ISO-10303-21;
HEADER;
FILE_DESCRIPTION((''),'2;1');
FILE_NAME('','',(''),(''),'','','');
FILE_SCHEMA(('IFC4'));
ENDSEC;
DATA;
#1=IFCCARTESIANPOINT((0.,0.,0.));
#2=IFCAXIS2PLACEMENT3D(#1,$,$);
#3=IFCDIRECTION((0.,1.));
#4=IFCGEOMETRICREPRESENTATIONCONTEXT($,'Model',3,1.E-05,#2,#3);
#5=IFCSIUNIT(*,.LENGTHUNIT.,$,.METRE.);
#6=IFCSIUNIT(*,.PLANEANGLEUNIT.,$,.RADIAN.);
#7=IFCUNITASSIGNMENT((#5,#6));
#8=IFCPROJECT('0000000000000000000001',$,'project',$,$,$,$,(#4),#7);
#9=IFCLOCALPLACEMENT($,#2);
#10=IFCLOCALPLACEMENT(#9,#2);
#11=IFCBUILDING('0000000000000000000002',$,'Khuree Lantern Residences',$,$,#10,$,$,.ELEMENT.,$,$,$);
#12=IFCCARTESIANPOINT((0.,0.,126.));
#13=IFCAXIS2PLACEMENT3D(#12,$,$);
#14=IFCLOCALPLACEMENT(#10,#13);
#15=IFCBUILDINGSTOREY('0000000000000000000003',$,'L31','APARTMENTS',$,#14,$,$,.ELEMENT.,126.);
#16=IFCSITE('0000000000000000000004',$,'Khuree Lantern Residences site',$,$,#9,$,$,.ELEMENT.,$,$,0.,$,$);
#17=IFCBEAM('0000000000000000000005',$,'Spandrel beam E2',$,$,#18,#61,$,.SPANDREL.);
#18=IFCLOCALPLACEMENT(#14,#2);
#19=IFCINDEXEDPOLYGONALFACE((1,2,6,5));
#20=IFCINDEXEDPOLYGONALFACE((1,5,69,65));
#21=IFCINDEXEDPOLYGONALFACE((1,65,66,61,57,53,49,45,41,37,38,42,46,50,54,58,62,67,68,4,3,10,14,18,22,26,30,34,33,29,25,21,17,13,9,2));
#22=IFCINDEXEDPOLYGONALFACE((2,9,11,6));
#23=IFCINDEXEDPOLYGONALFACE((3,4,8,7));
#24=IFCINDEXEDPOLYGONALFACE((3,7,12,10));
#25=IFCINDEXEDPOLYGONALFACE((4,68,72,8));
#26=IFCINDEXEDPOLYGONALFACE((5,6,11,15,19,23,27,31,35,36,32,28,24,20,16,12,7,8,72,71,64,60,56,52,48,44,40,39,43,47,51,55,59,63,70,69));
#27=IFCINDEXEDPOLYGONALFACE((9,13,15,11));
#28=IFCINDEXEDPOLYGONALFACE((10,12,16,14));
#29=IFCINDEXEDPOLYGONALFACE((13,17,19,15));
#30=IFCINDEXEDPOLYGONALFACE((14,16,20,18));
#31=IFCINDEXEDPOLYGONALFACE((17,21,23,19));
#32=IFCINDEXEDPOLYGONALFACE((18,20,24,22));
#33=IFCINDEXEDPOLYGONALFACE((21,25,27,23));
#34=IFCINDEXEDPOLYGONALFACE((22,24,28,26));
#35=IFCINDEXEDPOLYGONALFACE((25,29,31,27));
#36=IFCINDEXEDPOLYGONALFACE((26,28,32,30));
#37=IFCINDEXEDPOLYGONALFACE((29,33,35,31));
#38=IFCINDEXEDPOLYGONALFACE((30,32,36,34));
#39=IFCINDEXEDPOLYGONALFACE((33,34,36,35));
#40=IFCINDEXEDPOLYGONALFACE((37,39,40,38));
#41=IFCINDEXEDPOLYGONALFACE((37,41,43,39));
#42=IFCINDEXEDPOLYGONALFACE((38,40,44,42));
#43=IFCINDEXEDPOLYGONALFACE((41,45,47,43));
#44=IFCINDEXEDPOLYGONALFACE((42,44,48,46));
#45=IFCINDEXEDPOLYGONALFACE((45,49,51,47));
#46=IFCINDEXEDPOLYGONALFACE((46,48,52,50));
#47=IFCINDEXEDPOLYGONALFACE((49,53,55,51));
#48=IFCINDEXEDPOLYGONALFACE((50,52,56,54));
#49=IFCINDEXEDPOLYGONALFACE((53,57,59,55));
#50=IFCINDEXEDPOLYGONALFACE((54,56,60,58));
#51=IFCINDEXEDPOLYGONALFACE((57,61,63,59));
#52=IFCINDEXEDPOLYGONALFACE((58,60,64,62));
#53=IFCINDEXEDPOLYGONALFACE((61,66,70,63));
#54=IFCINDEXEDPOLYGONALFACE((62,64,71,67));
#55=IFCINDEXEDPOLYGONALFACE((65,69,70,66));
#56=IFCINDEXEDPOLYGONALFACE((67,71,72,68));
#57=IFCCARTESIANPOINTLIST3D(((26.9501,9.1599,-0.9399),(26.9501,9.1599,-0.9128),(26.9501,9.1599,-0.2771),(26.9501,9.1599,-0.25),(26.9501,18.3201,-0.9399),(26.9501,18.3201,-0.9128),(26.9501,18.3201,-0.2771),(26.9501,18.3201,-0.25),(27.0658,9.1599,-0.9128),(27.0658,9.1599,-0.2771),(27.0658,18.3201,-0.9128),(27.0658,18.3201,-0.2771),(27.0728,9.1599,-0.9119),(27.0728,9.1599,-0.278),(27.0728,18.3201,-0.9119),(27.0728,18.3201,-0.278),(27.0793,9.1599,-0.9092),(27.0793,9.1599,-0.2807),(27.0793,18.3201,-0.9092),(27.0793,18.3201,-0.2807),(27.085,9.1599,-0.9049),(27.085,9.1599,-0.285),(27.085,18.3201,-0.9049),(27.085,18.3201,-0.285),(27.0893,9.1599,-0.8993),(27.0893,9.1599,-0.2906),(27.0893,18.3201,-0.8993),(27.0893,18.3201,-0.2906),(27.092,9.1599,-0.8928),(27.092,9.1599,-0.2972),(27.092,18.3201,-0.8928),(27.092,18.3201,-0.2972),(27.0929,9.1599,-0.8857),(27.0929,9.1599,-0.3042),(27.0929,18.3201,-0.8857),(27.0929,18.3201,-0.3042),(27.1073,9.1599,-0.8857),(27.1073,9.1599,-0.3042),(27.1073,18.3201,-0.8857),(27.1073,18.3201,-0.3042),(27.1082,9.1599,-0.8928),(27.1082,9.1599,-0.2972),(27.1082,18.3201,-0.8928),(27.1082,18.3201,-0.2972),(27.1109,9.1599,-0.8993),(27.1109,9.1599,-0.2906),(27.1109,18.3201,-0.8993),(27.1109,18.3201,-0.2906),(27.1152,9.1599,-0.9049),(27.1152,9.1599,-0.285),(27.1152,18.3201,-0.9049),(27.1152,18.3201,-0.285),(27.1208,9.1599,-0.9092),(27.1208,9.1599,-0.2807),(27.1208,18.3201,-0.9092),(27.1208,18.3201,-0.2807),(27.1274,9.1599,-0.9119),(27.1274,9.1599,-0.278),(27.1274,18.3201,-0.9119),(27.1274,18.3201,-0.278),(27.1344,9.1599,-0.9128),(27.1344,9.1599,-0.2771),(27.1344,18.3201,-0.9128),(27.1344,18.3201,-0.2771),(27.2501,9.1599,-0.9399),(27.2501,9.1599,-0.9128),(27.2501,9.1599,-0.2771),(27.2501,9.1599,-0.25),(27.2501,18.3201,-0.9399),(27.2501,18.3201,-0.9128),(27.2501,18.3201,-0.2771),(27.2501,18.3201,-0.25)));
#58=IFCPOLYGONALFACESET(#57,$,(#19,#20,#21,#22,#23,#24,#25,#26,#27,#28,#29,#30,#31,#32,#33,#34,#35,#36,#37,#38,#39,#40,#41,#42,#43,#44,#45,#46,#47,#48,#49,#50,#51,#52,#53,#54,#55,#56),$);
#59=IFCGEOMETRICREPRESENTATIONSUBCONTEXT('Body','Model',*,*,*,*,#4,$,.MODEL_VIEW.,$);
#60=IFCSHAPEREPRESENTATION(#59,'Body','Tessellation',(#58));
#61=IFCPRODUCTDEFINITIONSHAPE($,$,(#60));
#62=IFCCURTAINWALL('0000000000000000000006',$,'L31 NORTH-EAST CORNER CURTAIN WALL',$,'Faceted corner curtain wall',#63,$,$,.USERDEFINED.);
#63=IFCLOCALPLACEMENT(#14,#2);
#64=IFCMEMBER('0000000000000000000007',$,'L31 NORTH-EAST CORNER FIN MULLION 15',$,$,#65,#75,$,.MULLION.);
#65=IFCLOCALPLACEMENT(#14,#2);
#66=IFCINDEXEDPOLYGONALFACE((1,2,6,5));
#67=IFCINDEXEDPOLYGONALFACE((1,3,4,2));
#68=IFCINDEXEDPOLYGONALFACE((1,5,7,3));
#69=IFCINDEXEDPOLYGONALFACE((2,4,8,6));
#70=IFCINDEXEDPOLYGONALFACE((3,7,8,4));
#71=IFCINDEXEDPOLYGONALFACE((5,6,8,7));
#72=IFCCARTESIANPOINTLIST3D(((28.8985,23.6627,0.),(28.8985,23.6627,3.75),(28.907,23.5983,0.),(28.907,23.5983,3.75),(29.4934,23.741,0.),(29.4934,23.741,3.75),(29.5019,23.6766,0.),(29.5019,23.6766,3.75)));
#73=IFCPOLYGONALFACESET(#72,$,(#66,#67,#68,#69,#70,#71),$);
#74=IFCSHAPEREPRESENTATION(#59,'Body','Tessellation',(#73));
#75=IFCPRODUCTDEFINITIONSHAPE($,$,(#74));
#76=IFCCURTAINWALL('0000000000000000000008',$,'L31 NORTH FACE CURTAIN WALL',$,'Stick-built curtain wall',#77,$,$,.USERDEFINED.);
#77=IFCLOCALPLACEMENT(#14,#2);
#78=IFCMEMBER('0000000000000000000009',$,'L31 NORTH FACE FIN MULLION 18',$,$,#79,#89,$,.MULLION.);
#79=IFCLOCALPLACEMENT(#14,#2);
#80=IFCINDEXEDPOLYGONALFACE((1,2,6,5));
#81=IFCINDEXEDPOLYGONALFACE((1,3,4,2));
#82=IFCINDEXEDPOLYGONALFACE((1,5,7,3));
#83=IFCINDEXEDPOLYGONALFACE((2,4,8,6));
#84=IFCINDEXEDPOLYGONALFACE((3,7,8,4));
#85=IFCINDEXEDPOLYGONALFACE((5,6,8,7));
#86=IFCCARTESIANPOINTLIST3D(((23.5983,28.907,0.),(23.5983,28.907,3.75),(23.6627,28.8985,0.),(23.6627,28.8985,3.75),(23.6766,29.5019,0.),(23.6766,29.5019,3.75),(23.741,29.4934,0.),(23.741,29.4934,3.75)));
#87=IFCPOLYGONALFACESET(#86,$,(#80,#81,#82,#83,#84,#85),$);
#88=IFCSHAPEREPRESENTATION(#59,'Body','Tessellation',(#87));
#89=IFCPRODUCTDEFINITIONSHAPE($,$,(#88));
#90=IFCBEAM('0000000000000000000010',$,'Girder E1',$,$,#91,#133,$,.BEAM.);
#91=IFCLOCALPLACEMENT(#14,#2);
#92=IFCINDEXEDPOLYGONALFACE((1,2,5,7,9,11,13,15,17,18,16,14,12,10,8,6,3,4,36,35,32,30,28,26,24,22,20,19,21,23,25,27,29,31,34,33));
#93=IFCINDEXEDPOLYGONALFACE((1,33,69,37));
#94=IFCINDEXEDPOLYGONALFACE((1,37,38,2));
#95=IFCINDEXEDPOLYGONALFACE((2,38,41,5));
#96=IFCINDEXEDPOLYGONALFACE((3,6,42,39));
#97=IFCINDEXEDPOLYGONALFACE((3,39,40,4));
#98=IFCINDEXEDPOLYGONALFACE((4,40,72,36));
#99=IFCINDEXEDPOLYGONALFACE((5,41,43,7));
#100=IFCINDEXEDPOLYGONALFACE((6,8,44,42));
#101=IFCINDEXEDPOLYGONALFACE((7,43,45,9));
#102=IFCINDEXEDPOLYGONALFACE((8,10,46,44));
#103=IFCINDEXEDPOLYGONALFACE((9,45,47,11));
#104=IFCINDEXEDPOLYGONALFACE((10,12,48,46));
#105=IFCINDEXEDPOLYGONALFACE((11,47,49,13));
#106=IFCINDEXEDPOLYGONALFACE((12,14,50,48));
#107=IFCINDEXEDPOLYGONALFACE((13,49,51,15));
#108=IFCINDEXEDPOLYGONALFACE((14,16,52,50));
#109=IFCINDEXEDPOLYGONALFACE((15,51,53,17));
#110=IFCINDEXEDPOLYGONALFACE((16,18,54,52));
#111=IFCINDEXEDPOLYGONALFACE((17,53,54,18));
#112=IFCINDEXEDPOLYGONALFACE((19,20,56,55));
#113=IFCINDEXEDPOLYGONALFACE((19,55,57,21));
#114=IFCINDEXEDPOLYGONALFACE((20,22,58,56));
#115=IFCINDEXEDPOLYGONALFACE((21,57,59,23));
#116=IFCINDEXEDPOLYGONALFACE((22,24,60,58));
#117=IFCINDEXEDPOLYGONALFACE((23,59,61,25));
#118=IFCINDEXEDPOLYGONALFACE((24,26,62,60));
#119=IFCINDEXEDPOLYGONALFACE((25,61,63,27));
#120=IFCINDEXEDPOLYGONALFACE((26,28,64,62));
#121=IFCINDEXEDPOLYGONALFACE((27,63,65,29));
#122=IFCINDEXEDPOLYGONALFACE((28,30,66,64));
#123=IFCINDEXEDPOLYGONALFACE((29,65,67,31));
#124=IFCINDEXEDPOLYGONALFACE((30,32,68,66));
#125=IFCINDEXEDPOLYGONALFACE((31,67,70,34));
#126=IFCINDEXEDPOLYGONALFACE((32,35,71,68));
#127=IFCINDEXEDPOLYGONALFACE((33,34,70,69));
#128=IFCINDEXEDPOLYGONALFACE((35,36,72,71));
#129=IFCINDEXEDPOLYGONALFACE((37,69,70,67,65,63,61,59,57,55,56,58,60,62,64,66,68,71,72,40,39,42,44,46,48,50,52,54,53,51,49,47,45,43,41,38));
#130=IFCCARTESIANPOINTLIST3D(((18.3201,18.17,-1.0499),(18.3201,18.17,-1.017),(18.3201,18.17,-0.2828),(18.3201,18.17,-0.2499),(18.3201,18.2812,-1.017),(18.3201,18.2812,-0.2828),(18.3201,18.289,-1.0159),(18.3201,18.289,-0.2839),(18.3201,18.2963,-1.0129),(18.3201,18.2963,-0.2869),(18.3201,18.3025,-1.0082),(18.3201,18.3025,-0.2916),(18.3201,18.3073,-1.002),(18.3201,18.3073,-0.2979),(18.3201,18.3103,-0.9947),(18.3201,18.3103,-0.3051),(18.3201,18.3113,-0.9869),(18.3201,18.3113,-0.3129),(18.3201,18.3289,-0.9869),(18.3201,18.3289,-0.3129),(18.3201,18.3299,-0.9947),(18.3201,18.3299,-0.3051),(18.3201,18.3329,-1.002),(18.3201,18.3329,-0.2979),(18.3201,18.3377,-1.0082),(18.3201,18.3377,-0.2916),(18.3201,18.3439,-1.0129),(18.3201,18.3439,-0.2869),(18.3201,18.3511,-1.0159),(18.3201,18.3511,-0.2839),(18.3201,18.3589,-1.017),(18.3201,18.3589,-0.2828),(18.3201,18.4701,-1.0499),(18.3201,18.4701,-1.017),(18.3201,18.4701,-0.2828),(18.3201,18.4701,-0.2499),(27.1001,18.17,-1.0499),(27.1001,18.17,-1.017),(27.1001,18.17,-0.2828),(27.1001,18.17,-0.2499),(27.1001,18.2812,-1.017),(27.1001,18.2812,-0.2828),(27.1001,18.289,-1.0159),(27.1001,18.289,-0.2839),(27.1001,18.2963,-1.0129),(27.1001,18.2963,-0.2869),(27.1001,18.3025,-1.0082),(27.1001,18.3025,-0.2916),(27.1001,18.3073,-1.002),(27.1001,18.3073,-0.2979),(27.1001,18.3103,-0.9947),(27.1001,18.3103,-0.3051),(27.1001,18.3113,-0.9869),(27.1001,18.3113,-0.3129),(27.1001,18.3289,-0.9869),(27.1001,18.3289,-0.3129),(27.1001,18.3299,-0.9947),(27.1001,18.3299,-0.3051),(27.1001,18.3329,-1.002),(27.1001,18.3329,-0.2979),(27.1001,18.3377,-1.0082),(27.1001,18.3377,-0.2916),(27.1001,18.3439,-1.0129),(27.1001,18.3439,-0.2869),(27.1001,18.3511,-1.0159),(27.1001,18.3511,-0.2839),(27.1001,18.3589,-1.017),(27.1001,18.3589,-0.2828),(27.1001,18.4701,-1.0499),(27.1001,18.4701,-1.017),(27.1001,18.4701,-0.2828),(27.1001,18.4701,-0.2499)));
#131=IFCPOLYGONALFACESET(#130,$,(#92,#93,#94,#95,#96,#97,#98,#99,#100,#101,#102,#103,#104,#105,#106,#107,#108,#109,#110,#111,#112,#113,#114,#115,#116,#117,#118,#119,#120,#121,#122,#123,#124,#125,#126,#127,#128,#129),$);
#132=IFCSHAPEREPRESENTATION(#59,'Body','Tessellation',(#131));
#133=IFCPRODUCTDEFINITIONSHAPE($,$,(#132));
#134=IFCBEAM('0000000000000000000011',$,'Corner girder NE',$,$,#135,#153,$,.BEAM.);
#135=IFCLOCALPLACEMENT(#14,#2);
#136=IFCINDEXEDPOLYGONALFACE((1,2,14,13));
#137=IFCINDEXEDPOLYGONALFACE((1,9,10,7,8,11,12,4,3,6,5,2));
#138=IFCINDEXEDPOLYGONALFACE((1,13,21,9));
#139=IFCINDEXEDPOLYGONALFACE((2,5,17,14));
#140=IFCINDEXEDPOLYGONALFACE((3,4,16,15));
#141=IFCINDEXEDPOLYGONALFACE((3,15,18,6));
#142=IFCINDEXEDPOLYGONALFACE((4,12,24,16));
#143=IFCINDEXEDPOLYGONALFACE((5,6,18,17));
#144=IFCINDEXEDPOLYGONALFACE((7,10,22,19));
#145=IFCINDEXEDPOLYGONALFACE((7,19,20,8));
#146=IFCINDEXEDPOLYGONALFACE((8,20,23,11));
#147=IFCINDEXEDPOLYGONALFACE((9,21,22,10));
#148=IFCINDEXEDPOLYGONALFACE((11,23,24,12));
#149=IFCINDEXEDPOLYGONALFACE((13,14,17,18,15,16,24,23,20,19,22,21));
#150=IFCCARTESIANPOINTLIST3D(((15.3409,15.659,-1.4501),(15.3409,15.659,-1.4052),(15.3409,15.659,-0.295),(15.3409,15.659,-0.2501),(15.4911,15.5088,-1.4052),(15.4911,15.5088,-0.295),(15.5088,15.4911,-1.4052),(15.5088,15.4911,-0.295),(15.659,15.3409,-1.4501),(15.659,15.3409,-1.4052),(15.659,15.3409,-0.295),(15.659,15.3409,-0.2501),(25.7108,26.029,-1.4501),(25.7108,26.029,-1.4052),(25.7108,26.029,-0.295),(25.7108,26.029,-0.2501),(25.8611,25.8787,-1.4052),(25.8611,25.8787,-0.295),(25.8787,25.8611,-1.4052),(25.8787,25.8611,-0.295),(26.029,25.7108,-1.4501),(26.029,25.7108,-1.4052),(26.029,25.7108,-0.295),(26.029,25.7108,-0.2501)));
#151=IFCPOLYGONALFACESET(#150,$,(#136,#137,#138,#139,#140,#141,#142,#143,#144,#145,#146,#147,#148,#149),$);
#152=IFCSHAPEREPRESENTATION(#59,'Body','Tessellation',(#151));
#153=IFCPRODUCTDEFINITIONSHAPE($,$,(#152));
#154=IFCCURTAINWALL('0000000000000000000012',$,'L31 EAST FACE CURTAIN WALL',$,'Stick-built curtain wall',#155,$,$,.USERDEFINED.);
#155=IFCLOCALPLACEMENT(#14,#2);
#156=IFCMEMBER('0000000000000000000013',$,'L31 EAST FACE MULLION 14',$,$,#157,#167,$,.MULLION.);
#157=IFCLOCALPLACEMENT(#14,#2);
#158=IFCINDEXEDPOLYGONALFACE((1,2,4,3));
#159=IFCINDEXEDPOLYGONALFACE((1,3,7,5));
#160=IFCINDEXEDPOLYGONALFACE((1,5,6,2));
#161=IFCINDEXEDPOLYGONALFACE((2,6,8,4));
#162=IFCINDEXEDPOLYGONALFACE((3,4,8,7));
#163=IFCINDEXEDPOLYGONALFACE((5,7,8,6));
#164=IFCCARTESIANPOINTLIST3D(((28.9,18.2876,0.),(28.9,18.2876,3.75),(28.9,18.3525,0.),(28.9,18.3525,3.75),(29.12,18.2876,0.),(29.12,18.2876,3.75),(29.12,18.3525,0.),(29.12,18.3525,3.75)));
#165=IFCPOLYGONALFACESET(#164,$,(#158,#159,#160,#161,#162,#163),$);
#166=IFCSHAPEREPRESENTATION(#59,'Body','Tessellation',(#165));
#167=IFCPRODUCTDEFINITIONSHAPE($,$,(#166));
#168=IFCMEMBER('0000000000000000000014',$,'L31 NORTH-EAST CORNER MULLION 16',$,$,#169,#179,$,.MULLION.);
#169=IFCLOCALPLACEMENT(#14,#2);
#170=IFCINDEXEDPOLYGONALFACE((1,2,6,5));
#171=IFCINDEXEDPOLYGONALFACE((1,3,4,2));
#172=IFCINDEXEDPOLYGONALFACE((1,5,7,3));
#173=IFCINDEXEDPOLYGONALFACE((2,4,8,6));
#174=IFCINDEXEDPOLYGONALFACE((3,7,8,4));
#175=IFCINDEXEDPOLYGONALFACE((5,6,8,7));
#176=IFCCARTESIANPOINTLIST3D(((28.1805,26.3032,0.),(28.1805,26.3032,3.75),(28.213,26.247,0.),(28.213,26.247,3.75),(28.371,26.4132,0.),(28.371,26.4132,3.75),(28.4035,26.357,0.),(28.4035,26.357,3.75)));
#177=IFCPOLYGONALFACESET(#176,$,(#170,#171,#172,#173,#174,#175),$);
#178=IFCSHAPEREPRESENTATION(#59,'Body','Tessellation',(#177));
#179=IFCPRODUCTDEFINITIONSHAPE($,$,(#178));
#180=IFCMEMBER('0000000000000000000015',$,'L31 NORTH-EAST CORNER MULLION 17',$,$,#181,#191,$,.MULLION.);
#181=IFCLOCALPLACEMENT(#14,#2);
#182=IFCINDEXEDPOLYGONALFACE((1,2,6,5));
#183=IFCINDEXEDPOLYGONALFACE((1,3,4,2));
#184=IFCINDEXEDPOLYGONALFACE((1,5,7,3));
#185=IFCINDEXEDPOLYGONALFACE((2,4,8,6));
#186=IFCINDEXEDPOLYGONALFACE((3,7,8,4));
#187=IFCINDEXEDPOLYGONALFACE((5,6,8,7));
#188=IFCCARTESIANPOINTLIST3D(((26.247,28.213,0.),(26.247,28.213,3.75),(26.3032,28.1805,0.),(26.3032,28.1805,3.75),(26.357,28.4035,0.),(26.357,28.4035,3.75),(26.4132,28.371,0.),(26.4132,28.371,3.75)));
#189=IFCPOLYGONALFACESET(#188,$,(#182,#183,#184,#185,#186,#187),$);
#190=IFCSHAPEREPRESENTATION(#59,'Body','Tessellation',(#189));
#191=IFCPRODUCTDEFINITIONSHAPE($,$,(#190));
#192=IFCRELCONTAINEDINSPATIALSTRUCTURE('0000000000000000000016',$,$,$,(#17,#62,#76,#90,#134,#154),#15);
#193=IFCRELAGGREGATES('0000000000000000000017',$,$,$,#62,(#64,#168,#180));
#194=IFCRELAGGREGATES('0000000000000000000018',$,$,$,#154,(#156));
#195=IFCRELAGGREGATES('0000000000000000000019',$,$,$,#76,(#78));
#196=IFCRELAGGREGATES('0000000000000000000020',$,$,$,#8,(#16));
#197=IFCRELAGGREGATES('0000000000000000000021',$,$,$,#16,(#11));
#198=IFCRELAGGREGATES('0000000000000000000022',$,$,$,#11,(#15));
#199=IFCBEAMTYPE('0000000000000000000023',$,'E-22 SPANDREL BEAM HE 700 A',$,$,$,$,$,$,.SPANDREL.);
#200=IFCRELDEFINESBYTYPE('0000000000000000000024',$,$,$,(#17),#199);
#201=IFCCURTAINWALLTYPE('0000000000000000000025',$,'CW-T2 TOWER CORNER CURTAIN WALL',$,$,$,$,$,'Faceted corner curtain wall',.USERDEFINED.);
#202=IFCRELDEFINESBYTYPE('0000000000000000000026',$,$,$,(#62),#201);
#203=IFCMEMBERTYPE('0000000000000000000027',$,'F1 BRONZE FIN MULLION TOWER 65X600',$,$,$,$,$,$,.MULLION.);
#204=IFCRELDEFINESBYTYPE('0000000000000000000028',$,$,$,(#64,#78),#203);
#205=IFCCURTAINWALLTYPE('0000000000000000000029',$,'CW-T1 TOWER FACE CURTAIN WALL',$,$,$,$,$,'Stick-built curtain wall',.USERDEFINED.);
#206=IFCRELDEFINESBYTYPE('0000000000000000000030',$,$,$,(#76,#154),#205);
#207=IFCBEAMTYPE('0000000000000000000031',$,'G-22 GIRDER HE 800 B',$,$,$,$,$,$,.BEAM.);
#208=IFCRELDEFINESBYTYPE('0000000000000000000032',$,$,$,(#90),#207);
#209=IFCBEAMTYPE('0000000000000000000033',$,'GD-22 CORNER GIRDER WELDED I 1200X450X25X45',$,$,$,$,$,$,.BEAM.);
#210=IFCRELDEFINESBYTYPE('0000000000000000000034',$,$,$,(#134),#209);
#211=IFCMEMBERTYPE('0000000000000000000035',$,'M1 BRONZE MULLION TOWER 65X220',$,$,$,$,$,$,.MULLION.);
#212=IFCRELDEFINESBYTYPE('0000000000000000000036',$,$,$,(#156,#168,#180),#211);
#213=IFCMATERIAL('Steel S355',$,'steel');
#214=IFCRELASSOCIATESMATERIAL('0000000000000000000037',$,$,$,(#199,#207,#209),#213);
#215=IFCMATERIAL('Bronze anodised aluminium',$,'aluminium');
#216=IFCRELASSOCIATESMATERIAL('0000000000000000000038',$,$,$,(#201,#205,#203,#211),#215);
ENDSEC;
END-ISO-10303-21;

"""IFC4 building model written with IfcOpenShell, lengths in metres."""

from ifc_helpers import new_model, si_unit, direction, frame, origin, origin_2d, place, context, subcontext, project, spatial, rectangle, i_section, extrude, material, material_profile, profile_set, type_object, element, aggregate, save


model = new_model("IFC4")

# Units and contexts
model_context = context("Model", 3, precision=1e-05, world=origin(), true_north=direction((0.0, 1.0)))
body_context = subcontext(model_context, "Body", "Model", "MODEL_VIEW")
ifc_project = project(units=[si_unit("LENGTHUNIT", "METRE"), si_unit("PLANEANGLEUNIT", "RADIAN")], contexts=[model_context])

# Site, building, storey
site_placement = place(None, origin())
site = spatial("IfcSite", under=ifc_project, at=site_placement, Name="Khuree Lantern Residences site", CompositionType="ELEMENT", RefElevation=0.0)
building_placement = place(site_placement, origin())
building = spatial("IfcBuilding", under=site, at=building_placement, Name="Khuree Lantern Residences", CompositionType="ELEMENT")
storey_placement = place(building_placement, frame((0.0, 0.0, 126.0)))
storey = spatial("IfcBuildingStorey", under=building, at=storey_placement, Name="L31", Description="APARTMENTS", CompositionType="ELEMENT", Elevation=126.0)

# Beam
ifc_material_1 = material(Name="Steel S355", Category="steel")
ifc_material_profile_1 = material_profile(ifc_material_1, i_section(OverallWidth=0.3, OverallDepth=0.6899, WebThickness=0.0144, FlangeThickness=0.0271, FilletRadius=0.0271, at=origin_2d()), Name="HE 700 A")
ifc_profile_set_1 = profile_set([ifc_material_profile_1], Name="Steel S355")
beam_type_1 = type_object("IfcBeamType", Name="E-22 SPANDREL BEAM HE 700 A", PredefinedType="SPANDREL", material=ifc_profile_set_1)
beam_1_placement = place(storey_placement, frame((27.1001, 18.3201, -0.595), z_axis=(0.0, -1.0, 0.0), x_axis=(1.0, 0.0, 0.0)))
element("IfcBeam", 1, at=beam_1_placement, inside=storey, type_object=beam_type_1, Name="Spandrel beam E2", PredefinedType="SPANDREL", context=body_context, shape_type="SweptSolid", body=[
    extrude(i_section(OverallWidth=0.3, OverallDepth=0.6899, WebThickness=0.0144, FlangeThickness=0.0271, FilletRadius=0.0271, at=origin_2d()), origin(), (0.0, 0.0, 1.0), 9.1602),
])

# Curtain walls, members
ifc_material_2 = material(Name="Bronze anodised aluminium", Category="aluminium")
curtain_wall_type_1 = type_object("IfcCurtainWallType", Name="CW-T2 TOWER CORNER CURTAIN WALL", ElementType="Faceted corner curtain wall", PredefinedType="USERDEFINED", material=ifc_material_2)
curtain_wall_1_placement = place(storey_placement, origin())
curtain_wall_1 = element("IfcCurtainWall", 2, at=curtain_wall_1_placement, inside=storey, type_object=curtain_wall_type_1, Name="L31 NORTH-EAST CORNER CURTAIN WALL", ObjectType="Faceted corner curtain wall", PredefinedType="USERDEFINED")
ifc_material_profile_2 = material_profile(ifc_material_2, rectangle(XDim=0.0649, YDim=0.6001, at=origin_2d()), Name="F1 65X600")
ifc_profile_set_2 = profile_set([ifc_material_profile_2], Name="Bronze anodised aluminium")
member_type_1 = type_object("IfcMemberType", Name="F1 BRONZE FIN MULLION TOWER 65X600", PredefinedType="MULLION", material=ifc_profile_set_2)
member_1_placement = place(storey_placement, frame((29.2002, 23.6697, 0.0), z_axis=(0.0, 0.0, 1.0), x_axis=(-0.130526, 0.991445, 0.0)))
member_1 = element("IfcMember", 3, at=member_1_placement, type_object=member_type_1, Name="L31 NORTH-EAST CORNER FIN MULLION 15", PredefinedType="MULLION", context=body_context, shape_type="SweptSolid", body=[
    extrude(rectangle(XDim=0.0649, YDim=0.6001, at=origin_2d()), origin(), (0.0, 0.0, 1.0), 3.75),
])
curtain_wall_type_2 = type_object("IfcCurtainWallType", Name="CW-T1 TOWER FACE CURTAIN WALL", ElementType="Stick-built curtain wall", PredefinedType="USERDEFINED", material=ifc_material_2)
curtain_wall_2_placement = place(storey_placement, origin())
curtain_wall_2 = element("IfcCurtainWall", 4, at=curtain_wall_2_placement, inside=storey, type_object=curtain_wall_type_2, Name="L31 NORTH FACE CURTAIN WALL", ObjectType="Stick-built curtain wall", PredefinedType="USERDEFINED")
member_2_placement = place(storey_placement, frame((23.6697, 29.2002, 0.0), z_axis=(0.0, 0.0, 1.0), x_axis=(-0.991445, 0.130526, 0.0)))
member_2 = element("IfcMember", 5, at=member_2_placement, type_object=member_type_1, Name="L31 NORTH FACE FIN MULLION 18", PredefinedType="MULLION", context=body_context, shape_type="SweptSolid", body=[
    extrude(rectangle(XDim=0.0649, YDim=0.6001, at=origin_2d()), origin(), (0.0, 0.0, 1.0), 3.75),
])

# Beams
ifc_material_profile_3 = material_profile(ifc_material_1, i_section(OverallWidth=0.3, OverallDepth=0.8, WebThickness=0.0176, FlangeThickness=0.033, FilletRadius=0.03, at=origin_2d()), Name="HE 800 B")
ifc_profile_set_3 = profile_set([ifc_material_profile_3], Name="Steel S355")
beam_type_2 = type_object("IfcBeamType", Name="G-22 GIRDER HE 800 B", PredefinedType="BEAM", material=ifc_profile_set_3)
beam_2_placement = place(storey_placement, frame((27.1001, 18.3201, -0.6499), z_axis=(-1.0, 0.0, 0.0), x_axis=(0.0, -1.0, 0.0)))
element("IfcBeam", 6, at=beam_2_placement, inside=storey, type_object=beam_type_2, Name="Girder E1", PredefinedType="BEAM", context=body_context, shape_type="SweptSolid", body=[
    extrude(i_section(OverallWidth=0.3, OverallDepth=0.8, WebThickness=0.0176, FlangeThickness=0.033, FilletRadius=0.03, at=origin_2d()), origin(), (0.0, 0.0, 1.0), 8.78),
])
ifc_material_profile_4 = material_profile(ifc_material_1, i_section(OverallWidth=0.45, OverallDepth=1.2, WebThickness=0.0249, FlangeThickness=0.0449, at=origin_2d()), Name="WELDED I 1200X450X25X45")
ifc_profile_set_4 = profile_set([ifc_material_profile_4], Name="Steel S355")
beam_type_3 = type_object("IfcBeamType", Name="GD-22 CORNER GIRDER WELDED I 1200X450X25X45", PredefinedType="BEAM", material=ifc_profile_set_4)
beam_3_placement = place(storey_placement, frame((25.8699, 25.8699, -0.8501), z_axis=(-0.707107, -0.707107, 0.0), x_axis=(0.707107, -0.707107, 0.0)))
element("IfcBeam", 7, at=beam_3_placement, inside=storey, type_object=beam_type_3, Name="Corner girder NE", PredefinedType="BEAM", context=body_context, shape_type="SweptSolid", body=[
    extrude(i_section(OverallWidth=0.45, OverallDepth=1.2, WebThickness=0.0249, FlangeThickness=0.0449, at=origin_2d()), origin(), (0.0, 0.0, 1.0), 14.6653),
])

# Curtain wall, member
curtain_wall_3_placement = place(storey_placement, origin())
curtain_wall_3 = element("IfcCurtainWall", 8, at=curtain_wall_3_placement, inside=storey, type_object=curtain_wall_type_2, Name="L31 EAST FACE CURTAIN WALL", ObjectType="Stick-built curtain wall", PredefinedType="USERDEFINED")
ifc_material_profile_5 = material_profile(ifc_material_2, rectangle(XDim=0.0649, YDim=0.22, at=origin_2d()), Name="M1 65X220")
ifc_profile_set_5 = profile_set([ifc_material_profile_5], Name="Bronze anodised aluminium")
member_type_2 = type_object("IfcMemberType", Name="M1 BRONZE MULLION TOWER 65X220", PredefinedType="MULLION", material=ifc_profile_set_5)
member_3_placement = place(storey_placement, frame((29.01, 18.3201, 0.0), z_axis=(0.0, 0.0, 1.0), x_axis=(0.0, 1.0, 0.0)))
member_3 = element("IfcMember", 9, at=member_3_placement, type_object=member_type_2, Name="L31 EAST FACE MULLION 14", PredefinedType="MULLION", context=body_context, shape_type="SweptSolid", body=[
    extrude(rectangle(XDim=0.0649, YDim=0.22, at=origin_2d()), origin(), (0.0, 0.0, 1.0), 3.75),
])

# Members
member_4_placement = place(storey_placement, frame((28.292, 26.3301, 0.0), z_axis=(0.0, 0.0, 1.0), x_axis=(-0.5, 0.866025, 0.0)))
member_4 = element("IfcMember", 10, at=member_4_placement, type_object=member_type_2, Name="L31 NORTH-EAST CORNER MULLION 16", PredefinedType="MULLION", context=body_context, shape_type="SweptSolid", body=[
    extrude(rectangle(XDim=0.0649, YDim=0.22, at=origin_2d()), origin(), (0.0, 0.0, 1.0), 3.75),
])
member_5_placement = place(storey_placement, frame((26.3301, 28.292, 0.0), z_axis=(0.0, 0.0, 1.0), x_axis=(-0.866025, 0.5, 0.0)))
member_5 = element("IfcMember", 11, at=member_5_placement, type_object=member_type_2, Name="L31 NORTH-EAST CORNER MULLION 17", PredefinedType="MULLION", context=body_context, shape_type="SweptSolid", body=[
    extrude(rectangle(XDim=0.0649, YDim=0.22, at=origin_2d()), origin(), (0.0, 0.0, 1.0), 3.75),
])

aggregate(curtain_wall_1, [member_1, member_4, member_5])
aggregate(curtain_wall_3, [member_3])
aggregate(curtain_wall_2, [member_2])

save(model, "model.ifc")
